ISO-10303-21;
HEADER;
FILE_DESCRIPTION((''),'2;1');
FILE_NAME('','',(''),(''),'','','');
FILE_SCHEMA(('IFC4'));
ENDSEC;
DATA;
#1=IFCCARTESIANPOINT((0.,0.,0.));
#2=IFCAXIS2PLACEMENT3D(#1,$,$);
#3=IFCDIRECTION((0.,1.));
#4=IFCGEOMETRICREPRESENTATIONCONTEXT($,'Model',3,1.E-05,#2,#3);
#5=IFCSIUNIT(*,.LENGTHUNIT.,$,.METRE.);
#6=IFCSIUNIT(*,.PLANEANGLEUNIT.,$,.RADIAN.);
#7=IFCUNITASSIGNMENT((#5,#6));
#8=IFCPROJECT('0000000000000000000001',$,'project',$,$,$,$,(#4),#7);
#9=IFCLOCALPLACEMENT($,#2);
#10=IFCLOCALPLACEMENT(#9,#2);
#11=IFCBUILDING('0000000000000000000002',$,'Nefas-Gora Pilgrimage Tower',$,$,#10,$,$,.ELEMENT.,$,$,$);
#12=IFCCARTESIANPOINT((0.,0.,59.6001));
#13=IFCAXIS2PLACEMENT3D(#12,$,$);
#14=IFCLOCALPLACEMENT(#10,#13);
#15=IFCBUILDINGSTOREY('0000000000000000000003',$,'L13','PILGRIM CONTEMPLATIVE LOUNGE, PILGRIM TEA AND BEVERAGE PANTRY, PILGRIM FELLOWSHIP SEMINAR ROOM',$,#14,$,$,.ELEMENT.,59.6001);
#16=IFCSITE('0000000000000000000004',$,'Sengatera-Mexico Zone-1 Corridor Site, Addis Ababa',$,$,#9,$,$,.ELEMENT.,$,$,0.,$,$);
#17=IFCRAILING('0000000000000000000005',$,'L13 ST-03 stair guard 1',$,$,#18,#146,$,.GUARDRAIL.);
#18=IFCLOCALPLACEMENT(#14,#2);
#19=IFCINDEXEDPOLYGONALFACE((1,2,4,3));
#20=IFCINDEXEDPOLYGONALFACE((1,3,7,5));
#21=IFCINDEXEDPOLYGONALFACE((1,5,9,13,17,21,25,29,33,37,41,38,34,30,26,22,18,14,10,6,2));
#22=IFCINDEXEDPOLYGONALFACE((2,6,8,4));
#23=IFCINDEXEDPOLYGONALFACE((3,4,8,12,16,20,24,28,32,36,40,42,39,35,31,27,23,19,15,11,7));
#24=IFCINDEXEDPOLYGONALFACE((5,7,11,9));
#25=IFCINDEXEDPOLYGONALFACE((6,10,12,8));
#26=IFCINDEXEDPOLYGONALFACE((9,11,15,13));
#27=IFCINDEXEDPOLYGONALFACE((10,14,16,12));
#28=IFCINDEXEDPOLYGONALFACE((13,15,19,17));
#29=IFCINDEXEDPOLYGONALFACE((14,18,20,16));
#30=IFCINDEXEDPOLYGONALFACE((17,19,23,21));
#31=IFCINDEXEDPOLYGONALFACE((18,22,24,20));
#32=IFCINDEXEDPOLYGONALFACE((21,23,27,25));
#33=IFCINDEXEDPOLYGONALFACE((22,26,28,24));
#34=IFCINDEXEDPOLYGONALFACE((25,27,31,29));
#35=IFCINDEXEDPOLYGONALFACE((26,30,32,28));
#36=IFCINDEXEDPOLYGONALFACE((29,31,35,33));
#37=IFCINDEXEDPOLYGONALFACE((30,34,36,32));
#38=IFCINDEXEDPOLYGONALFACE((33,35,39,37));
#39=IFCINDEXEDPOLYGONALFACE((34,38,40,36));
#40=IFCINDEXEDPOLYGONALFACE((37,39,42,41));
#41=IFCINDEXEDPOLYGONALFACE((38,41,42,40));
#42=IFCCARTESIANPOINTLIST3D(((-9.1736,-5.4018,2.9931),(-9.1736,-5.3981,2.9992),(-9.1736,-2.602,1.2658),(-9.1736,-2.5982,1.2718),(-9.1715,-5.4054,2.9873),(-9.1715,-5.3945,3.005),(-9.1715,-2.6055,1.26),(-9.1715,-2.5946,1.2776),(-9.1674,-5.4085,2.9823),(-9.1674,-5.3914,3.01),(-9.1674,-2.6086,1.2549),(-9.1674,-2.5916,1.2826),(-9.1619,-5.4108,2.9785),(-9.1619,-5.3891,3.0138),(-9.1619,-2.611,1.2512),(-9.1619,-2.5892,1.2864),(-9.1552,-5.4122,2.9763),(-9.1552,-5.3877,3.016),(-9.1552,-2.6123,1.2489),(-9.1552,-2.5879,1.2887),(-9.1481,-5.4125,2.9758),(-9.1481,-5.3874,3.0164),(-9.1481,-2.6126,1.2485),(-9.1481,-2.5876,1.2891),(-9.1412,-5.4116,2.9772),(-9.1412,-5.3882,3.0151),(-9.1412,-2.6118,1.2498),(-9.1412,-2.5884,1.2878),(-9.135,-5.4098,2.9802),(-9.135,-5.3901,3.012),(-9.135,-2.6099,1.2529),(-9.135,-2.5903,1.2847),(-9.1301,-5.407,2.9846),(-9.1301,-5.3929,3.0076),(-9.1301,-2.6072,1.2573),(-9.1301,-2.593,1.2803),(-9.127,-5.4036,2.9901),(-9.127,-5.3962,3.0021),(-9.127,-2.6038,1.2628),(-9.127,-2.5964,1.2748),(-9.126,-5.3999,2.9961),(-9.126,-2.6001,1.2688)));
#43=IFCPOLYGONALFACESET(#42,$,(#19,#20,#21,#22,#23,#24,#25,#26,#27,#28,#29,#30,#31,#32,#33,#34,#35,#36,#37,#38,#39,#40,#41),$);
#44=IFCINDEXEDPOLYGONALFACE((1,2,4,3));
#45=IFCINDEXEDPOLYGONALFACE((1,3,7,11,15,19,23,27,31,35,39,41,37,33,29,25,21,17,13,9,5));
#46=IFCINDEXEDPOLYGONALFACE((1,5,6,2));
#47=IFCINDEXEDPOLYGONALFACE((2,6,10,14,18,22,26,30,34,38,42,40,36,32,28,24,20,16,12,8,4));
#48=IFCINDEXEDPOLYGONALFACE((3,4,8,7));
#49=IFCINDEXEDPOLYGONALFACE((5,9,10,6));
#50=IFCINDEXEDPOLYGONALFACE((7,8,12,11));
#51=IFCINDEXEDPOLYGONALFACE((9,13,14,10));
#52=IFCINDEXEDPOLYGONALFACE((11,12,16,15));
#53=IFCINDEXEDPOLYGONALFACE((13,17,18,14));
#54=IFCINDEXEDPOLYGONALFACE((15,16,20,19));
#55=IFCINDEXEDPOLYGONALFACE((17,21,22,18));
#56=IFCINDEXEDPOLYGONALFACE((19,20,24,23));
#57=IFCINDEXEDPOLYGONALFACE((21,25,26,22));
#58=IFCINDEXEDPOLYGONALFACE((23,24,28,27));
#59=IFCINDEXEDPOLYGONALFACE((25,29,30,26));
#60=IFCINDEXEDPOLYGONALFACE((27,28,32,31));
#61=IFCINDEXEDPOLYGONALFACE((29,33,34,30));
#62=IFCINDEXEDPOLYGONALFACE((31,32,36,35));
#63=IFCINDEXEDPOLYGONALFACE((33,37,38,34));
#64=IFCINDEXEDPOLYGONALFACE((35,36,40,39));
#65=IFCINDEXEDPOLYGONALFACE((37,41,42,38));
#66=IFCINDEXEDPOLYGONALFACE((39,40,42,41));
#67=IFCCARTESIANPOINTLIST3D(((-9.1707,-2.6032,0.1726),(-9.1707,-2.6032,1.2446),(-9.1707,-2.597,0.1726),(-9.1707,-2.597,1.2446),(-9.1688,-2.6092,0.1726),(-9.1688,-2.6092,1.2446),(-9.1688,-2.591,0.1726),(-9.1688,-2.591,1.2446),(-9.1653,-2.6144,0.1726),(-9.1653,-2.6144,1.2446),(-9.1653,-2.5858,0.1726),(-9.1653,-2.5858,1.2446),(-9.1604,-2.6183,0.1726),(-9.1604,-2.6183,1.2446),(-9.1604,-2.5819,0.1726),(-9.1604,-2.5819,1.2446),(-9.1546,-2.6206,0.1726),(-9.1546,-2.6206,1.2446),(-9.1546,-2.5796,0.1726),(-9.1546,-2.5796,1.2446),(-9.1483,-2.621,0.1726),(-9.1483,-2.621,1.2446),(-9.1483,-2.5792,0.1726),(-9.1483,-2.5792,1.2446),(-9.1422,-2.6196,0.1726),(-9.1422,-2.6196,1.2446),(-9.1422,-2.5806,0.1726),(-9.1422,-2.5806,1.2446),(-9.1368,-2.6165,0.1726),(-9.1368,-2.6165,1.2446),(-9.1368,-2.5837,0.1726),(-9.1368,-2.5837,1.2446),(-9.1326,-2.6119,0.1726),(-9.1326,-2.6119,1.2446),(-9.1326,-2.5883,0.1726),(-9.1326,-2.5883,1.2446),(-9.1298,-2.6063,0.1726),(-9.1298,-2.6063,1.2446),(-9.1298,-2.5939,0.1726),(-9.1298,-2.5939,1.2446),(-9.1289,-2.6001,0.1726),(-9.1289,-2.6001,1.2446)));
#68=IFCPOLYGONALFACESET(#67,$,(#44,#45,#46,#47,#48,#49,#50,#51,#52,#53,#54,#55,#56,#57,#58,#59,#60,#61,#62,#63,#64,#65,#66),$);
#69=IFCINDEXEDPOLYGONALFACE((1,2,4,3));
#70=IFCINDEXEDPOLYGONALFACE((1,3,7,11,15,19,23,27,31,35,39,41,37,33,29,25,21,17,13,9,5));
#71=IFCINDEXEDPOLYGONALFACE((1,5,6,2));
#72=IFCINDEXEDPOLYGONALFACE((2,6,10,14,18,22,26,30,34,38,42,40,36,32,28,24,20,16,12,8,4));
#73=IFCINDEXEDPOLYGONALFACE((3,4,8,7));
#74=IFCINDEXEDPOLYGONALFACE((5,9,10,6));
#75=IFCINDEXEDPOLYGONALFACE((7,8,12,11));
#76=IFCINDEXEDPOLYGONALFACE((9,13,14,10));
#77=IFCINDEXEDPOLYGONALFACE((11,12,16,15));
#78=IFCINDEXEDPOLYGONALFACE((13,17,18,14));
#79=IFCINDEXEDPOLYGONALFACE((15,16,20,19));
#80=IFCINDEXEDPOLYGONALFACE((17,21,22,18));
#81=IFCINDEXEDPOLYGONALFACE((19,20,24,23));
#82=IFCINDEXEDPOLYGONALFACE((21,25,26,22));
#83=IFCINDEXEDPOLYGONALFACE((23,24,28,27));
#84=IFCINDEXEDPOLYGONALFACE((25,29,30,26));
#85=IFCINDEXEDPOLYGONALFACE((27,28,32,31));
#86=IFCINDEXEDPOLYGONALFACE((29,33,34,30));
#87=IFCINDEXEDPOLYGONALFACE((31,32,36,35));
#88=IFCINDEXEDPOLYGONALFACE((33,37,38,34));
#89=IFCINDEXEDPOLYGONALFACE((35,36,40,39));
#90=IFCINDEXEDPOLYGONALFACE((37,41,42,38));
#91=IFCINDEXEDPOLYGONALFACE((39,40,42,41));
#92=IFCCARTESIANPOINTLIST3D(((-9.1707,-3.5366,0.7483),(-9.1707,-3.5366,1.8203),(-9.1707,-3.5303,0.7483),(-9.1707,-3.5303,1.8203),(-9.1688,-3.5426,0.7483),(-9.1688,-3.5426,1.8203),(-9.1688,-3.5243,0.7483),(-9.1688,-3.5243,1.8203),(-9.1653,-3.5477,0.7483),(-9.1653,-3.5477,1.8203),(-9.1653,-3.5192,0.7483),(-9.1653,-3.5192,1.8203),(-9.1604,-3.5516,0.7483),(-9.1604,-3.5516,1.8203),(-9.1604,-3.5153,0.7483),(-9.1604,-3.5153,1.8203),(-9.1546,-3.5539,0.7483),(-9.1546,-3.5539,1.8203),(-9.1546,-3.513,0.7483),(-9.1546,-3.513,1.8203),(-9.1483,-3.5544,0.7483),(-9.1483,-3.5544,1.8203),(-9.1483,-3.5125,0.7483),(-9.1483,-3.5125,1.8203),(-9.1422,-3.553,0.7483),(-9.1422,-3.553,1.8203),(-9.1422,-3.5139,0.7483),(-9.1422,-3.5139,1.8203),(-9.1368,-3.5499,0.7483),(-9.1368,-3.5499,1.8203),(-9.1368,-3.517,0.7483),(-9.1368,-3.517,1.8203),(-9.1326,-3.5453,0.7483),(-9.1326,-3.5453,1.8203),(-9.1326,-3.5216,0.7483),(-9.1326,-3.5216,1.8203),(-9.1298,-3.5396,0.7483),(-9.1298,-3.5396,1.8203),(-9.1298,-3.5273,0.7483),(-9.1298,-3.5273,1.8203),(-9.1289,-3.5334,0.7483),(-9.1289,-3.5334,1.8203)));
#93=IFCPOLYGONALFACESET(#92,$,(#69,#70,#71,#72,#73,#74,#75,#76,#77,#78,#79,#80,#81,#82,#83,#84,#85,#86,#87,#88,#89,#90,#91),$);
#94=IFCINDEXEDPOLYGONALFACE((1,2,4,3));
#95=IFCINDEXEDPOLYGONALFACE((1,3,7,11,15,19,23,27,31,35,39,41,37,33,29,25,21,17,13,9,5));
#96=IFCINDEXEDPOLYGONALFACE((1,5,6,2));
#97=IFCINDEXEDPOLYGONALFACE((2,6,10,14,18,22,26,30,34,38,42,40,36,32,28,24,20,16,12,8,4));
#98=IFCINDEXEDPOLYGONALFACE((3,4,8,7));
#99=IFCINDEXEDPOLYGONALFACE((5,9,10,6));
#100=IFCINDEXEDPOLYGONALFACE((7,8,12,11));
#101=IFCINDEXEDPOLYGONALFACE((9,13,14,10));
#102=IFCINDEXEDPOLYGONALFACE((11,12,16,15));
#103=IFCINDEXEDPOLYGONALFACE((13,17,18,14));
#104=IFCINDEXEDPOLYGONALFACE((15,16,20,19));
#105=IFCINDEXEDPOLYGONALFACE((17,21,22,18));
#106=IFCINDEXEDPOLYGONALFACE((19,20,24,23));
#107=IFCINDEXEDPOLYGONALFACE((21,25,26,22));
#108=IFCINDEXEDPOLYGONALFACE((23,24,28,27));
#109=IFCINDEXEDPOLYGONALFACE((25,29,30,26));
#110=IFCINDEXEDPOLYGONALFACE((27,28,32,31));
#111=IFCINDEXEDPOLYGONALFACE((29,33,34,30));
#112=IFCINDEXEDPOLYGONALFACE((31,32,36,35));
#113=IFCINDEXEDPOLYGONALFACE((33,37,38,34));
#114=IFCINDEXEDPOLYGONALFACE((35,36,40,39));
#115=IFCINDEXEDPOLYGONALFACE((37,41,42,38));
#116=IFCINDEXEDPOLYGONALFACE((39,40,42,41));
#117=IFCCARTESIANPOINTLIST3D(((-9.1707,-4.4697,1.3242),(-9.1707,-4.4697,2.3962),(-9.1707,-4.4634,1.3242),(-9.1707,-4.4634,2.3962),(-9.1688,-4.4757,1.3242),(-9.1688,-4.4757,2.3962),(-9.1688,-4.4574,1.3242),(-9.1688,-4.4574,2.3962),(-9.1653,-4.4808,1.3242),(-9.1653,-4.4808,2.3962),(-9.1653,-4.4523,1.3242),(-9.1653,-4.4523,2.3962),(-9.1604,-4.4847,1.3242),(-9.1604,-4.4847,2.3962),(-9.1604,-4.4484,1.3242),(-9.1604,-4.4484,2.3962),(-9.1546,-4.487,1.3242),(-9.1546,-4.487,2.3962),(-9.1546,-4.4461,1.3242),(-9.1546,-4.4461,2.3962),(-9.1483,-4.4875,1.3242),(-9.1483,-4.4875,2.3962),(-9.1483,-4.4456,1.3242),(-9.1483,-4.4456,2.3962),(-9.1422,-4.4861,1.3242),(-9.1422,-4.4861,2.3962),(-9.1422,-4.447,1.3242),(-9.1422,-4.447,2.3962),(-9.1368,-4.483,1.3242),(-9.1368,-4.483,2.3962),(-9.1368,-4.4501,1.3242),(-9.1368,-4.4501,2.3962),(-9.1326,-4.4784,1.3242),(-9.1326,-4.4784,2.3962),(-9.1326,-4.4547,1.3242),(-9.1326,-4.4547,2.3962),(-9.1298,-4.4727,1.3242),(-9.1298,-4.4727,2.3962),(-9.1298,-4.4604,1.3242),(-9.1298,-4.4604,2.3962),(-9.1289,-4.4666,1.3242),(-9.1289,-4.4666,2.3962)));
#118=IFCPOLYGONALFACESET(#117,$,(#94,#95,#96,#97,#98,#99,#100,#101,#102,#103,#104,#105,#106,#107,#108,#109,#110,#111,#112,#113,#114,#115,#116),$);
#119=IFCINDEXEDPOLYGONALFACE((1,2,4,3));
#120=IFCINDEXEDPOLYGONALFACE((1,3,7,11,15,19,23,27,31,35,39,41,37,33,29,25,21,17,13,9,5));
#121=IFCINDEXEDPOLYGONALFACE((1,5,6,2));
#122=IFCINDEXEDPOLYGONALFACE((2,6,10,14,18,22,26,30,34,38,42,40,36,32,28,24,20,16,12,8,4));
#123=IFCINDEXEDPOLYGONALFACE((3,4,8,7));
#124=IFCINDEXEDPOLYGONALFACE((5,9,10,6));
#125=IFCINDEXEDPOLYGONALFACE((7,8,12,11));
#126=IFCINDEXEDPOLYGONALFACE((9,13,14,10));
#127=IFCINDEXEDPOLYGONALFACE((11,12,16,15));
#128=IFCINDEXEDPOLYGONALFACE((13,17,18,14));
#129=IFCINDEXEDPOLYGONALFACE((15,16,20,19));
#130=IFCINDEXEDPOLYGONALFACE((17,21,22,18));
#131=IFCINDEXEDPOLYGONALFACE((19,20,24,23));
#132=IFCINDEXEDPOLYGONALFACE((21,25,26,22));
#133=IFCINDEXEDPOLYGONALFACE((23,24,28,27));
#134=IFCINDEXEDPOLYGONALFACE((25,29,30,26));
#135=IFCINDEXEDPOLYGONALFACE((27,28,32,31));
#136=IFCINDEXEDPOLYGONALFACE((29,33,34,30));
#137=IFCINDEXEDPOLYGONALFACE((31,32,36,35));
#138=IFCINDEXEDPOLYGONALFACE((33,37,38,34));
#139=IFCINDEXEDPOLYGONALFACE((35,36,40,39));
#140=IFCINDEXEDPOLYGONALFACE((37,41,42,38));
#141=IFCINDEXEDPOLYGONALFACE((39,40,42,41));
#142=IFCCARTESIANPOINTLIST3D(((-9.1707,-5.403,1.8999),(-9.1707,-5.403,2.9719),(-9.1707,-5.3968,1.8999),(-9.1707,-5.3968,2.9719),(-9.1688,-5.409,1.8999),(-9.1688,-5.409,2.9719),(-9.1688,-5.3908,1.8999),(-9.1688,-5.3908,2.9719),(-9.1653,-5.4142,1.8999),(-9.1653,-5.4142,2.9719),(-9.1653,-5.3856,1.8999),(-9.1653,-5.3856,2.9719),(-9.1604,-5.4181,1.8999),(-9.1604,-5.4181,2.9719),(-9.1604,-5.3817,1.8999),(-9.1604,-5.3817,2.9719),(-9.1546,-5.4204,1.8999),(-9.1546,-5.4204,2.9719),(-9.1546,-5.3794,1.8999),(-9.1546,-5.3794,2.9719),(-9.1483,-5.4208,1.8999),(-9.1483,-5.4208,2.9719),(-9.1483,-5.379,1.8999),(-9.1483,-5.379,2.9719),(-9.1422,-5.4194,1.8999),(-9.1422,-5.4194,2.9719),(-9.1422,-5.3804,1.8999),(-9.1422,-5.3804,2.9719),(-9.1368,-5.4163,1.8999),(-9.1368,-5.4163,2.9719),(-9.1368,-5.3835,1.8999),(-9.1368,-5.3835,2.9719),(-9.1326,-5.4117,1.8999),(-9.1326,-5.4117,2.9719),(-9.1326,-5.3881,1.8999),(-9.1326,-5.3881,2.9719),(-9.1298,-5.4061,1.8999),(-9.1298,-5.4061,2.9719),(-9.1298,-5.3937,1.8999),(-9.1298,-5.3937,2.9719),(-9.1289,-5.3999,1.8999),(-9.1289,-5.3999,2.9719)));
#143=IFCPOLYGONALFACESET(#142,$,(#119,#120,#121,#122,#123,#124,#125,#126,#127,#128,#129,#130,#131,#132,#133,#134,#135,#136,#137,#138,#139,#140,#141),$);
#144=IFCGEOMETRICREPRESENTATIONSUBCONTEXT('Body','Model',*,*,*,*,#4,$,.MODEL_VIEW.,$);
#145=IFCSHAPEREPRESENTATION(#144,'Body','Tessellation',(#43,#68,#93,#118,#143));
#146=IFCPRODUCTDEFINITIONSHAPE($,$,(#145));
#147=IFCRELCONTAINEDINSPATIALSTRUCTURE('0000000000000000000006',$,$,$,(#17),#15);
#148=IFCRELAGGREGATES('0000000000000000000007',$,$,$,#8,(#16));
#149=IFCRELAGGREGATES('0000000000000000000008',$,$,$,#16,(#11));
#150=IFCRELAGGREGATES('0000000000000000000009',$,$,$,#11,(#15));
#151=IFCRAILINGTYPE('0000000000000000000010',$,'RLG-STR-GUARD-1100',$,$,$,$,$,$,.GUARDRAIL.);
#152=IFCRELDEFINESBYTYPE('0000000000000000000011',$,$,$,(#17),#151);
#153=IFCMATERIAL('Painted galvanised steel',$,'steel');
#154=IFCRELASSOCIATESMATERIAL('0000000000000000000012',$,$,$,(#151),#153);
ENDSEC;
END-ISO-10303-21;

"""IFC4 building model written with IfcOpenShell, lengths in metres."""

from ifc_helpers import new_model, si_unit, direction, frame, origin, origin_2d, place, context, subcontext, project, spatial, circle, extrude, material, type_object, element, save


model = new_model("IFC4")

# Units and contexts
model_context = context("Model", 3, precision=1e-05, world=origin(), true_north=direction((0.0, 1.0)))
body_context = subcontext(model_context, "Body", "Model", "MODEL_VIEW")
ifc_project = project(units=[si_unit("LENGTHUNIT", "METRE"), si_unit("PLANEANGLEUNIT", "RADIAN")], contexts=[model_context])

# Site, building, storey
site_placement = place(None, origin())
site = spatial("IfcSite", under=ifc_project, at=site_placement, Name="Sengatera-Mexico Zone-1 Corridor Site, Addis Ababa", CompositionType="ELEMENT", RefElevation=0.0)
building_placement = place(site_placement, origin())
building = spatial("IfcBuilding", under=site, at=building_placement, Name="Nefas-Gora Pilgrimage Tower", CompositionType="ELEMENT")
storey_placement = place(building_placement, frame((0.0, 0.0, 59.6001)))
storey = spatial("IfcBuildingStorey", under=building, at=storey_placement, Name="L13", Description="PILGRIM CONTEMPLATIVE LOUNGE, PILGRIM TEA AND BEVERAGE PANTRY, PILGRIM FELLOWSHIP SEMINAR ROOM", CompositionType="ELEMENT", Elevation=59.6001)

# Railing
ifc_material_1 = material(Name="Painted galvanised steel", Category="steel")
railing_type_1 = type_object("IfcRailingType", Name="RLG-STR-GUARD-1100", PredefinedType="GUARDRAIL", material=ifc_material_1)
railing_1_placement = place(storey_placement, frame((-9.1499, -2.6001, 0.1726)))
element("IfcRailing", 1, at=railing_1_placement, inside=storey, type_object=railing_type_1, Name="L13 ST-03 stair guard 1", PredefinedType="GUARDRAIL", context=body_context, shape_type="SweptSolid", body=[
    extrude(circle(Radius=0.0239, at=origin_2d()), frame((0.0, 0.0, 1.0962), z_axis=(0.0, -0.851069, 0.525054), x_axis=(1.0, 0.0, 0.0)), (0.0, 0.0, 1.0), 3.2898),
    extrude(circle(Radius=0.021, at=origin_2d()), origin(), (0.0, 0.0, 1.0), 1.072),
    extrude(circle(Radius=0.021, at=origin_2d()), frame((0.0, -0.9333, 0.5757)), (0.0, 0.0, 1.0), 1.072),
    extrude(circle(Radius=0.021, at=origin_2d()), frame((0.0, -1.8665, 1.1516)), (0.0, 0.0, 1.0), 1.072),
    extrude(circle(Radius=0.021, at=origin_2d()), frame((0.0, -2.7998, 1.7273)), (0.0, 0.0, 1.0), 1.072),
])

save(model, "model.ifc")
